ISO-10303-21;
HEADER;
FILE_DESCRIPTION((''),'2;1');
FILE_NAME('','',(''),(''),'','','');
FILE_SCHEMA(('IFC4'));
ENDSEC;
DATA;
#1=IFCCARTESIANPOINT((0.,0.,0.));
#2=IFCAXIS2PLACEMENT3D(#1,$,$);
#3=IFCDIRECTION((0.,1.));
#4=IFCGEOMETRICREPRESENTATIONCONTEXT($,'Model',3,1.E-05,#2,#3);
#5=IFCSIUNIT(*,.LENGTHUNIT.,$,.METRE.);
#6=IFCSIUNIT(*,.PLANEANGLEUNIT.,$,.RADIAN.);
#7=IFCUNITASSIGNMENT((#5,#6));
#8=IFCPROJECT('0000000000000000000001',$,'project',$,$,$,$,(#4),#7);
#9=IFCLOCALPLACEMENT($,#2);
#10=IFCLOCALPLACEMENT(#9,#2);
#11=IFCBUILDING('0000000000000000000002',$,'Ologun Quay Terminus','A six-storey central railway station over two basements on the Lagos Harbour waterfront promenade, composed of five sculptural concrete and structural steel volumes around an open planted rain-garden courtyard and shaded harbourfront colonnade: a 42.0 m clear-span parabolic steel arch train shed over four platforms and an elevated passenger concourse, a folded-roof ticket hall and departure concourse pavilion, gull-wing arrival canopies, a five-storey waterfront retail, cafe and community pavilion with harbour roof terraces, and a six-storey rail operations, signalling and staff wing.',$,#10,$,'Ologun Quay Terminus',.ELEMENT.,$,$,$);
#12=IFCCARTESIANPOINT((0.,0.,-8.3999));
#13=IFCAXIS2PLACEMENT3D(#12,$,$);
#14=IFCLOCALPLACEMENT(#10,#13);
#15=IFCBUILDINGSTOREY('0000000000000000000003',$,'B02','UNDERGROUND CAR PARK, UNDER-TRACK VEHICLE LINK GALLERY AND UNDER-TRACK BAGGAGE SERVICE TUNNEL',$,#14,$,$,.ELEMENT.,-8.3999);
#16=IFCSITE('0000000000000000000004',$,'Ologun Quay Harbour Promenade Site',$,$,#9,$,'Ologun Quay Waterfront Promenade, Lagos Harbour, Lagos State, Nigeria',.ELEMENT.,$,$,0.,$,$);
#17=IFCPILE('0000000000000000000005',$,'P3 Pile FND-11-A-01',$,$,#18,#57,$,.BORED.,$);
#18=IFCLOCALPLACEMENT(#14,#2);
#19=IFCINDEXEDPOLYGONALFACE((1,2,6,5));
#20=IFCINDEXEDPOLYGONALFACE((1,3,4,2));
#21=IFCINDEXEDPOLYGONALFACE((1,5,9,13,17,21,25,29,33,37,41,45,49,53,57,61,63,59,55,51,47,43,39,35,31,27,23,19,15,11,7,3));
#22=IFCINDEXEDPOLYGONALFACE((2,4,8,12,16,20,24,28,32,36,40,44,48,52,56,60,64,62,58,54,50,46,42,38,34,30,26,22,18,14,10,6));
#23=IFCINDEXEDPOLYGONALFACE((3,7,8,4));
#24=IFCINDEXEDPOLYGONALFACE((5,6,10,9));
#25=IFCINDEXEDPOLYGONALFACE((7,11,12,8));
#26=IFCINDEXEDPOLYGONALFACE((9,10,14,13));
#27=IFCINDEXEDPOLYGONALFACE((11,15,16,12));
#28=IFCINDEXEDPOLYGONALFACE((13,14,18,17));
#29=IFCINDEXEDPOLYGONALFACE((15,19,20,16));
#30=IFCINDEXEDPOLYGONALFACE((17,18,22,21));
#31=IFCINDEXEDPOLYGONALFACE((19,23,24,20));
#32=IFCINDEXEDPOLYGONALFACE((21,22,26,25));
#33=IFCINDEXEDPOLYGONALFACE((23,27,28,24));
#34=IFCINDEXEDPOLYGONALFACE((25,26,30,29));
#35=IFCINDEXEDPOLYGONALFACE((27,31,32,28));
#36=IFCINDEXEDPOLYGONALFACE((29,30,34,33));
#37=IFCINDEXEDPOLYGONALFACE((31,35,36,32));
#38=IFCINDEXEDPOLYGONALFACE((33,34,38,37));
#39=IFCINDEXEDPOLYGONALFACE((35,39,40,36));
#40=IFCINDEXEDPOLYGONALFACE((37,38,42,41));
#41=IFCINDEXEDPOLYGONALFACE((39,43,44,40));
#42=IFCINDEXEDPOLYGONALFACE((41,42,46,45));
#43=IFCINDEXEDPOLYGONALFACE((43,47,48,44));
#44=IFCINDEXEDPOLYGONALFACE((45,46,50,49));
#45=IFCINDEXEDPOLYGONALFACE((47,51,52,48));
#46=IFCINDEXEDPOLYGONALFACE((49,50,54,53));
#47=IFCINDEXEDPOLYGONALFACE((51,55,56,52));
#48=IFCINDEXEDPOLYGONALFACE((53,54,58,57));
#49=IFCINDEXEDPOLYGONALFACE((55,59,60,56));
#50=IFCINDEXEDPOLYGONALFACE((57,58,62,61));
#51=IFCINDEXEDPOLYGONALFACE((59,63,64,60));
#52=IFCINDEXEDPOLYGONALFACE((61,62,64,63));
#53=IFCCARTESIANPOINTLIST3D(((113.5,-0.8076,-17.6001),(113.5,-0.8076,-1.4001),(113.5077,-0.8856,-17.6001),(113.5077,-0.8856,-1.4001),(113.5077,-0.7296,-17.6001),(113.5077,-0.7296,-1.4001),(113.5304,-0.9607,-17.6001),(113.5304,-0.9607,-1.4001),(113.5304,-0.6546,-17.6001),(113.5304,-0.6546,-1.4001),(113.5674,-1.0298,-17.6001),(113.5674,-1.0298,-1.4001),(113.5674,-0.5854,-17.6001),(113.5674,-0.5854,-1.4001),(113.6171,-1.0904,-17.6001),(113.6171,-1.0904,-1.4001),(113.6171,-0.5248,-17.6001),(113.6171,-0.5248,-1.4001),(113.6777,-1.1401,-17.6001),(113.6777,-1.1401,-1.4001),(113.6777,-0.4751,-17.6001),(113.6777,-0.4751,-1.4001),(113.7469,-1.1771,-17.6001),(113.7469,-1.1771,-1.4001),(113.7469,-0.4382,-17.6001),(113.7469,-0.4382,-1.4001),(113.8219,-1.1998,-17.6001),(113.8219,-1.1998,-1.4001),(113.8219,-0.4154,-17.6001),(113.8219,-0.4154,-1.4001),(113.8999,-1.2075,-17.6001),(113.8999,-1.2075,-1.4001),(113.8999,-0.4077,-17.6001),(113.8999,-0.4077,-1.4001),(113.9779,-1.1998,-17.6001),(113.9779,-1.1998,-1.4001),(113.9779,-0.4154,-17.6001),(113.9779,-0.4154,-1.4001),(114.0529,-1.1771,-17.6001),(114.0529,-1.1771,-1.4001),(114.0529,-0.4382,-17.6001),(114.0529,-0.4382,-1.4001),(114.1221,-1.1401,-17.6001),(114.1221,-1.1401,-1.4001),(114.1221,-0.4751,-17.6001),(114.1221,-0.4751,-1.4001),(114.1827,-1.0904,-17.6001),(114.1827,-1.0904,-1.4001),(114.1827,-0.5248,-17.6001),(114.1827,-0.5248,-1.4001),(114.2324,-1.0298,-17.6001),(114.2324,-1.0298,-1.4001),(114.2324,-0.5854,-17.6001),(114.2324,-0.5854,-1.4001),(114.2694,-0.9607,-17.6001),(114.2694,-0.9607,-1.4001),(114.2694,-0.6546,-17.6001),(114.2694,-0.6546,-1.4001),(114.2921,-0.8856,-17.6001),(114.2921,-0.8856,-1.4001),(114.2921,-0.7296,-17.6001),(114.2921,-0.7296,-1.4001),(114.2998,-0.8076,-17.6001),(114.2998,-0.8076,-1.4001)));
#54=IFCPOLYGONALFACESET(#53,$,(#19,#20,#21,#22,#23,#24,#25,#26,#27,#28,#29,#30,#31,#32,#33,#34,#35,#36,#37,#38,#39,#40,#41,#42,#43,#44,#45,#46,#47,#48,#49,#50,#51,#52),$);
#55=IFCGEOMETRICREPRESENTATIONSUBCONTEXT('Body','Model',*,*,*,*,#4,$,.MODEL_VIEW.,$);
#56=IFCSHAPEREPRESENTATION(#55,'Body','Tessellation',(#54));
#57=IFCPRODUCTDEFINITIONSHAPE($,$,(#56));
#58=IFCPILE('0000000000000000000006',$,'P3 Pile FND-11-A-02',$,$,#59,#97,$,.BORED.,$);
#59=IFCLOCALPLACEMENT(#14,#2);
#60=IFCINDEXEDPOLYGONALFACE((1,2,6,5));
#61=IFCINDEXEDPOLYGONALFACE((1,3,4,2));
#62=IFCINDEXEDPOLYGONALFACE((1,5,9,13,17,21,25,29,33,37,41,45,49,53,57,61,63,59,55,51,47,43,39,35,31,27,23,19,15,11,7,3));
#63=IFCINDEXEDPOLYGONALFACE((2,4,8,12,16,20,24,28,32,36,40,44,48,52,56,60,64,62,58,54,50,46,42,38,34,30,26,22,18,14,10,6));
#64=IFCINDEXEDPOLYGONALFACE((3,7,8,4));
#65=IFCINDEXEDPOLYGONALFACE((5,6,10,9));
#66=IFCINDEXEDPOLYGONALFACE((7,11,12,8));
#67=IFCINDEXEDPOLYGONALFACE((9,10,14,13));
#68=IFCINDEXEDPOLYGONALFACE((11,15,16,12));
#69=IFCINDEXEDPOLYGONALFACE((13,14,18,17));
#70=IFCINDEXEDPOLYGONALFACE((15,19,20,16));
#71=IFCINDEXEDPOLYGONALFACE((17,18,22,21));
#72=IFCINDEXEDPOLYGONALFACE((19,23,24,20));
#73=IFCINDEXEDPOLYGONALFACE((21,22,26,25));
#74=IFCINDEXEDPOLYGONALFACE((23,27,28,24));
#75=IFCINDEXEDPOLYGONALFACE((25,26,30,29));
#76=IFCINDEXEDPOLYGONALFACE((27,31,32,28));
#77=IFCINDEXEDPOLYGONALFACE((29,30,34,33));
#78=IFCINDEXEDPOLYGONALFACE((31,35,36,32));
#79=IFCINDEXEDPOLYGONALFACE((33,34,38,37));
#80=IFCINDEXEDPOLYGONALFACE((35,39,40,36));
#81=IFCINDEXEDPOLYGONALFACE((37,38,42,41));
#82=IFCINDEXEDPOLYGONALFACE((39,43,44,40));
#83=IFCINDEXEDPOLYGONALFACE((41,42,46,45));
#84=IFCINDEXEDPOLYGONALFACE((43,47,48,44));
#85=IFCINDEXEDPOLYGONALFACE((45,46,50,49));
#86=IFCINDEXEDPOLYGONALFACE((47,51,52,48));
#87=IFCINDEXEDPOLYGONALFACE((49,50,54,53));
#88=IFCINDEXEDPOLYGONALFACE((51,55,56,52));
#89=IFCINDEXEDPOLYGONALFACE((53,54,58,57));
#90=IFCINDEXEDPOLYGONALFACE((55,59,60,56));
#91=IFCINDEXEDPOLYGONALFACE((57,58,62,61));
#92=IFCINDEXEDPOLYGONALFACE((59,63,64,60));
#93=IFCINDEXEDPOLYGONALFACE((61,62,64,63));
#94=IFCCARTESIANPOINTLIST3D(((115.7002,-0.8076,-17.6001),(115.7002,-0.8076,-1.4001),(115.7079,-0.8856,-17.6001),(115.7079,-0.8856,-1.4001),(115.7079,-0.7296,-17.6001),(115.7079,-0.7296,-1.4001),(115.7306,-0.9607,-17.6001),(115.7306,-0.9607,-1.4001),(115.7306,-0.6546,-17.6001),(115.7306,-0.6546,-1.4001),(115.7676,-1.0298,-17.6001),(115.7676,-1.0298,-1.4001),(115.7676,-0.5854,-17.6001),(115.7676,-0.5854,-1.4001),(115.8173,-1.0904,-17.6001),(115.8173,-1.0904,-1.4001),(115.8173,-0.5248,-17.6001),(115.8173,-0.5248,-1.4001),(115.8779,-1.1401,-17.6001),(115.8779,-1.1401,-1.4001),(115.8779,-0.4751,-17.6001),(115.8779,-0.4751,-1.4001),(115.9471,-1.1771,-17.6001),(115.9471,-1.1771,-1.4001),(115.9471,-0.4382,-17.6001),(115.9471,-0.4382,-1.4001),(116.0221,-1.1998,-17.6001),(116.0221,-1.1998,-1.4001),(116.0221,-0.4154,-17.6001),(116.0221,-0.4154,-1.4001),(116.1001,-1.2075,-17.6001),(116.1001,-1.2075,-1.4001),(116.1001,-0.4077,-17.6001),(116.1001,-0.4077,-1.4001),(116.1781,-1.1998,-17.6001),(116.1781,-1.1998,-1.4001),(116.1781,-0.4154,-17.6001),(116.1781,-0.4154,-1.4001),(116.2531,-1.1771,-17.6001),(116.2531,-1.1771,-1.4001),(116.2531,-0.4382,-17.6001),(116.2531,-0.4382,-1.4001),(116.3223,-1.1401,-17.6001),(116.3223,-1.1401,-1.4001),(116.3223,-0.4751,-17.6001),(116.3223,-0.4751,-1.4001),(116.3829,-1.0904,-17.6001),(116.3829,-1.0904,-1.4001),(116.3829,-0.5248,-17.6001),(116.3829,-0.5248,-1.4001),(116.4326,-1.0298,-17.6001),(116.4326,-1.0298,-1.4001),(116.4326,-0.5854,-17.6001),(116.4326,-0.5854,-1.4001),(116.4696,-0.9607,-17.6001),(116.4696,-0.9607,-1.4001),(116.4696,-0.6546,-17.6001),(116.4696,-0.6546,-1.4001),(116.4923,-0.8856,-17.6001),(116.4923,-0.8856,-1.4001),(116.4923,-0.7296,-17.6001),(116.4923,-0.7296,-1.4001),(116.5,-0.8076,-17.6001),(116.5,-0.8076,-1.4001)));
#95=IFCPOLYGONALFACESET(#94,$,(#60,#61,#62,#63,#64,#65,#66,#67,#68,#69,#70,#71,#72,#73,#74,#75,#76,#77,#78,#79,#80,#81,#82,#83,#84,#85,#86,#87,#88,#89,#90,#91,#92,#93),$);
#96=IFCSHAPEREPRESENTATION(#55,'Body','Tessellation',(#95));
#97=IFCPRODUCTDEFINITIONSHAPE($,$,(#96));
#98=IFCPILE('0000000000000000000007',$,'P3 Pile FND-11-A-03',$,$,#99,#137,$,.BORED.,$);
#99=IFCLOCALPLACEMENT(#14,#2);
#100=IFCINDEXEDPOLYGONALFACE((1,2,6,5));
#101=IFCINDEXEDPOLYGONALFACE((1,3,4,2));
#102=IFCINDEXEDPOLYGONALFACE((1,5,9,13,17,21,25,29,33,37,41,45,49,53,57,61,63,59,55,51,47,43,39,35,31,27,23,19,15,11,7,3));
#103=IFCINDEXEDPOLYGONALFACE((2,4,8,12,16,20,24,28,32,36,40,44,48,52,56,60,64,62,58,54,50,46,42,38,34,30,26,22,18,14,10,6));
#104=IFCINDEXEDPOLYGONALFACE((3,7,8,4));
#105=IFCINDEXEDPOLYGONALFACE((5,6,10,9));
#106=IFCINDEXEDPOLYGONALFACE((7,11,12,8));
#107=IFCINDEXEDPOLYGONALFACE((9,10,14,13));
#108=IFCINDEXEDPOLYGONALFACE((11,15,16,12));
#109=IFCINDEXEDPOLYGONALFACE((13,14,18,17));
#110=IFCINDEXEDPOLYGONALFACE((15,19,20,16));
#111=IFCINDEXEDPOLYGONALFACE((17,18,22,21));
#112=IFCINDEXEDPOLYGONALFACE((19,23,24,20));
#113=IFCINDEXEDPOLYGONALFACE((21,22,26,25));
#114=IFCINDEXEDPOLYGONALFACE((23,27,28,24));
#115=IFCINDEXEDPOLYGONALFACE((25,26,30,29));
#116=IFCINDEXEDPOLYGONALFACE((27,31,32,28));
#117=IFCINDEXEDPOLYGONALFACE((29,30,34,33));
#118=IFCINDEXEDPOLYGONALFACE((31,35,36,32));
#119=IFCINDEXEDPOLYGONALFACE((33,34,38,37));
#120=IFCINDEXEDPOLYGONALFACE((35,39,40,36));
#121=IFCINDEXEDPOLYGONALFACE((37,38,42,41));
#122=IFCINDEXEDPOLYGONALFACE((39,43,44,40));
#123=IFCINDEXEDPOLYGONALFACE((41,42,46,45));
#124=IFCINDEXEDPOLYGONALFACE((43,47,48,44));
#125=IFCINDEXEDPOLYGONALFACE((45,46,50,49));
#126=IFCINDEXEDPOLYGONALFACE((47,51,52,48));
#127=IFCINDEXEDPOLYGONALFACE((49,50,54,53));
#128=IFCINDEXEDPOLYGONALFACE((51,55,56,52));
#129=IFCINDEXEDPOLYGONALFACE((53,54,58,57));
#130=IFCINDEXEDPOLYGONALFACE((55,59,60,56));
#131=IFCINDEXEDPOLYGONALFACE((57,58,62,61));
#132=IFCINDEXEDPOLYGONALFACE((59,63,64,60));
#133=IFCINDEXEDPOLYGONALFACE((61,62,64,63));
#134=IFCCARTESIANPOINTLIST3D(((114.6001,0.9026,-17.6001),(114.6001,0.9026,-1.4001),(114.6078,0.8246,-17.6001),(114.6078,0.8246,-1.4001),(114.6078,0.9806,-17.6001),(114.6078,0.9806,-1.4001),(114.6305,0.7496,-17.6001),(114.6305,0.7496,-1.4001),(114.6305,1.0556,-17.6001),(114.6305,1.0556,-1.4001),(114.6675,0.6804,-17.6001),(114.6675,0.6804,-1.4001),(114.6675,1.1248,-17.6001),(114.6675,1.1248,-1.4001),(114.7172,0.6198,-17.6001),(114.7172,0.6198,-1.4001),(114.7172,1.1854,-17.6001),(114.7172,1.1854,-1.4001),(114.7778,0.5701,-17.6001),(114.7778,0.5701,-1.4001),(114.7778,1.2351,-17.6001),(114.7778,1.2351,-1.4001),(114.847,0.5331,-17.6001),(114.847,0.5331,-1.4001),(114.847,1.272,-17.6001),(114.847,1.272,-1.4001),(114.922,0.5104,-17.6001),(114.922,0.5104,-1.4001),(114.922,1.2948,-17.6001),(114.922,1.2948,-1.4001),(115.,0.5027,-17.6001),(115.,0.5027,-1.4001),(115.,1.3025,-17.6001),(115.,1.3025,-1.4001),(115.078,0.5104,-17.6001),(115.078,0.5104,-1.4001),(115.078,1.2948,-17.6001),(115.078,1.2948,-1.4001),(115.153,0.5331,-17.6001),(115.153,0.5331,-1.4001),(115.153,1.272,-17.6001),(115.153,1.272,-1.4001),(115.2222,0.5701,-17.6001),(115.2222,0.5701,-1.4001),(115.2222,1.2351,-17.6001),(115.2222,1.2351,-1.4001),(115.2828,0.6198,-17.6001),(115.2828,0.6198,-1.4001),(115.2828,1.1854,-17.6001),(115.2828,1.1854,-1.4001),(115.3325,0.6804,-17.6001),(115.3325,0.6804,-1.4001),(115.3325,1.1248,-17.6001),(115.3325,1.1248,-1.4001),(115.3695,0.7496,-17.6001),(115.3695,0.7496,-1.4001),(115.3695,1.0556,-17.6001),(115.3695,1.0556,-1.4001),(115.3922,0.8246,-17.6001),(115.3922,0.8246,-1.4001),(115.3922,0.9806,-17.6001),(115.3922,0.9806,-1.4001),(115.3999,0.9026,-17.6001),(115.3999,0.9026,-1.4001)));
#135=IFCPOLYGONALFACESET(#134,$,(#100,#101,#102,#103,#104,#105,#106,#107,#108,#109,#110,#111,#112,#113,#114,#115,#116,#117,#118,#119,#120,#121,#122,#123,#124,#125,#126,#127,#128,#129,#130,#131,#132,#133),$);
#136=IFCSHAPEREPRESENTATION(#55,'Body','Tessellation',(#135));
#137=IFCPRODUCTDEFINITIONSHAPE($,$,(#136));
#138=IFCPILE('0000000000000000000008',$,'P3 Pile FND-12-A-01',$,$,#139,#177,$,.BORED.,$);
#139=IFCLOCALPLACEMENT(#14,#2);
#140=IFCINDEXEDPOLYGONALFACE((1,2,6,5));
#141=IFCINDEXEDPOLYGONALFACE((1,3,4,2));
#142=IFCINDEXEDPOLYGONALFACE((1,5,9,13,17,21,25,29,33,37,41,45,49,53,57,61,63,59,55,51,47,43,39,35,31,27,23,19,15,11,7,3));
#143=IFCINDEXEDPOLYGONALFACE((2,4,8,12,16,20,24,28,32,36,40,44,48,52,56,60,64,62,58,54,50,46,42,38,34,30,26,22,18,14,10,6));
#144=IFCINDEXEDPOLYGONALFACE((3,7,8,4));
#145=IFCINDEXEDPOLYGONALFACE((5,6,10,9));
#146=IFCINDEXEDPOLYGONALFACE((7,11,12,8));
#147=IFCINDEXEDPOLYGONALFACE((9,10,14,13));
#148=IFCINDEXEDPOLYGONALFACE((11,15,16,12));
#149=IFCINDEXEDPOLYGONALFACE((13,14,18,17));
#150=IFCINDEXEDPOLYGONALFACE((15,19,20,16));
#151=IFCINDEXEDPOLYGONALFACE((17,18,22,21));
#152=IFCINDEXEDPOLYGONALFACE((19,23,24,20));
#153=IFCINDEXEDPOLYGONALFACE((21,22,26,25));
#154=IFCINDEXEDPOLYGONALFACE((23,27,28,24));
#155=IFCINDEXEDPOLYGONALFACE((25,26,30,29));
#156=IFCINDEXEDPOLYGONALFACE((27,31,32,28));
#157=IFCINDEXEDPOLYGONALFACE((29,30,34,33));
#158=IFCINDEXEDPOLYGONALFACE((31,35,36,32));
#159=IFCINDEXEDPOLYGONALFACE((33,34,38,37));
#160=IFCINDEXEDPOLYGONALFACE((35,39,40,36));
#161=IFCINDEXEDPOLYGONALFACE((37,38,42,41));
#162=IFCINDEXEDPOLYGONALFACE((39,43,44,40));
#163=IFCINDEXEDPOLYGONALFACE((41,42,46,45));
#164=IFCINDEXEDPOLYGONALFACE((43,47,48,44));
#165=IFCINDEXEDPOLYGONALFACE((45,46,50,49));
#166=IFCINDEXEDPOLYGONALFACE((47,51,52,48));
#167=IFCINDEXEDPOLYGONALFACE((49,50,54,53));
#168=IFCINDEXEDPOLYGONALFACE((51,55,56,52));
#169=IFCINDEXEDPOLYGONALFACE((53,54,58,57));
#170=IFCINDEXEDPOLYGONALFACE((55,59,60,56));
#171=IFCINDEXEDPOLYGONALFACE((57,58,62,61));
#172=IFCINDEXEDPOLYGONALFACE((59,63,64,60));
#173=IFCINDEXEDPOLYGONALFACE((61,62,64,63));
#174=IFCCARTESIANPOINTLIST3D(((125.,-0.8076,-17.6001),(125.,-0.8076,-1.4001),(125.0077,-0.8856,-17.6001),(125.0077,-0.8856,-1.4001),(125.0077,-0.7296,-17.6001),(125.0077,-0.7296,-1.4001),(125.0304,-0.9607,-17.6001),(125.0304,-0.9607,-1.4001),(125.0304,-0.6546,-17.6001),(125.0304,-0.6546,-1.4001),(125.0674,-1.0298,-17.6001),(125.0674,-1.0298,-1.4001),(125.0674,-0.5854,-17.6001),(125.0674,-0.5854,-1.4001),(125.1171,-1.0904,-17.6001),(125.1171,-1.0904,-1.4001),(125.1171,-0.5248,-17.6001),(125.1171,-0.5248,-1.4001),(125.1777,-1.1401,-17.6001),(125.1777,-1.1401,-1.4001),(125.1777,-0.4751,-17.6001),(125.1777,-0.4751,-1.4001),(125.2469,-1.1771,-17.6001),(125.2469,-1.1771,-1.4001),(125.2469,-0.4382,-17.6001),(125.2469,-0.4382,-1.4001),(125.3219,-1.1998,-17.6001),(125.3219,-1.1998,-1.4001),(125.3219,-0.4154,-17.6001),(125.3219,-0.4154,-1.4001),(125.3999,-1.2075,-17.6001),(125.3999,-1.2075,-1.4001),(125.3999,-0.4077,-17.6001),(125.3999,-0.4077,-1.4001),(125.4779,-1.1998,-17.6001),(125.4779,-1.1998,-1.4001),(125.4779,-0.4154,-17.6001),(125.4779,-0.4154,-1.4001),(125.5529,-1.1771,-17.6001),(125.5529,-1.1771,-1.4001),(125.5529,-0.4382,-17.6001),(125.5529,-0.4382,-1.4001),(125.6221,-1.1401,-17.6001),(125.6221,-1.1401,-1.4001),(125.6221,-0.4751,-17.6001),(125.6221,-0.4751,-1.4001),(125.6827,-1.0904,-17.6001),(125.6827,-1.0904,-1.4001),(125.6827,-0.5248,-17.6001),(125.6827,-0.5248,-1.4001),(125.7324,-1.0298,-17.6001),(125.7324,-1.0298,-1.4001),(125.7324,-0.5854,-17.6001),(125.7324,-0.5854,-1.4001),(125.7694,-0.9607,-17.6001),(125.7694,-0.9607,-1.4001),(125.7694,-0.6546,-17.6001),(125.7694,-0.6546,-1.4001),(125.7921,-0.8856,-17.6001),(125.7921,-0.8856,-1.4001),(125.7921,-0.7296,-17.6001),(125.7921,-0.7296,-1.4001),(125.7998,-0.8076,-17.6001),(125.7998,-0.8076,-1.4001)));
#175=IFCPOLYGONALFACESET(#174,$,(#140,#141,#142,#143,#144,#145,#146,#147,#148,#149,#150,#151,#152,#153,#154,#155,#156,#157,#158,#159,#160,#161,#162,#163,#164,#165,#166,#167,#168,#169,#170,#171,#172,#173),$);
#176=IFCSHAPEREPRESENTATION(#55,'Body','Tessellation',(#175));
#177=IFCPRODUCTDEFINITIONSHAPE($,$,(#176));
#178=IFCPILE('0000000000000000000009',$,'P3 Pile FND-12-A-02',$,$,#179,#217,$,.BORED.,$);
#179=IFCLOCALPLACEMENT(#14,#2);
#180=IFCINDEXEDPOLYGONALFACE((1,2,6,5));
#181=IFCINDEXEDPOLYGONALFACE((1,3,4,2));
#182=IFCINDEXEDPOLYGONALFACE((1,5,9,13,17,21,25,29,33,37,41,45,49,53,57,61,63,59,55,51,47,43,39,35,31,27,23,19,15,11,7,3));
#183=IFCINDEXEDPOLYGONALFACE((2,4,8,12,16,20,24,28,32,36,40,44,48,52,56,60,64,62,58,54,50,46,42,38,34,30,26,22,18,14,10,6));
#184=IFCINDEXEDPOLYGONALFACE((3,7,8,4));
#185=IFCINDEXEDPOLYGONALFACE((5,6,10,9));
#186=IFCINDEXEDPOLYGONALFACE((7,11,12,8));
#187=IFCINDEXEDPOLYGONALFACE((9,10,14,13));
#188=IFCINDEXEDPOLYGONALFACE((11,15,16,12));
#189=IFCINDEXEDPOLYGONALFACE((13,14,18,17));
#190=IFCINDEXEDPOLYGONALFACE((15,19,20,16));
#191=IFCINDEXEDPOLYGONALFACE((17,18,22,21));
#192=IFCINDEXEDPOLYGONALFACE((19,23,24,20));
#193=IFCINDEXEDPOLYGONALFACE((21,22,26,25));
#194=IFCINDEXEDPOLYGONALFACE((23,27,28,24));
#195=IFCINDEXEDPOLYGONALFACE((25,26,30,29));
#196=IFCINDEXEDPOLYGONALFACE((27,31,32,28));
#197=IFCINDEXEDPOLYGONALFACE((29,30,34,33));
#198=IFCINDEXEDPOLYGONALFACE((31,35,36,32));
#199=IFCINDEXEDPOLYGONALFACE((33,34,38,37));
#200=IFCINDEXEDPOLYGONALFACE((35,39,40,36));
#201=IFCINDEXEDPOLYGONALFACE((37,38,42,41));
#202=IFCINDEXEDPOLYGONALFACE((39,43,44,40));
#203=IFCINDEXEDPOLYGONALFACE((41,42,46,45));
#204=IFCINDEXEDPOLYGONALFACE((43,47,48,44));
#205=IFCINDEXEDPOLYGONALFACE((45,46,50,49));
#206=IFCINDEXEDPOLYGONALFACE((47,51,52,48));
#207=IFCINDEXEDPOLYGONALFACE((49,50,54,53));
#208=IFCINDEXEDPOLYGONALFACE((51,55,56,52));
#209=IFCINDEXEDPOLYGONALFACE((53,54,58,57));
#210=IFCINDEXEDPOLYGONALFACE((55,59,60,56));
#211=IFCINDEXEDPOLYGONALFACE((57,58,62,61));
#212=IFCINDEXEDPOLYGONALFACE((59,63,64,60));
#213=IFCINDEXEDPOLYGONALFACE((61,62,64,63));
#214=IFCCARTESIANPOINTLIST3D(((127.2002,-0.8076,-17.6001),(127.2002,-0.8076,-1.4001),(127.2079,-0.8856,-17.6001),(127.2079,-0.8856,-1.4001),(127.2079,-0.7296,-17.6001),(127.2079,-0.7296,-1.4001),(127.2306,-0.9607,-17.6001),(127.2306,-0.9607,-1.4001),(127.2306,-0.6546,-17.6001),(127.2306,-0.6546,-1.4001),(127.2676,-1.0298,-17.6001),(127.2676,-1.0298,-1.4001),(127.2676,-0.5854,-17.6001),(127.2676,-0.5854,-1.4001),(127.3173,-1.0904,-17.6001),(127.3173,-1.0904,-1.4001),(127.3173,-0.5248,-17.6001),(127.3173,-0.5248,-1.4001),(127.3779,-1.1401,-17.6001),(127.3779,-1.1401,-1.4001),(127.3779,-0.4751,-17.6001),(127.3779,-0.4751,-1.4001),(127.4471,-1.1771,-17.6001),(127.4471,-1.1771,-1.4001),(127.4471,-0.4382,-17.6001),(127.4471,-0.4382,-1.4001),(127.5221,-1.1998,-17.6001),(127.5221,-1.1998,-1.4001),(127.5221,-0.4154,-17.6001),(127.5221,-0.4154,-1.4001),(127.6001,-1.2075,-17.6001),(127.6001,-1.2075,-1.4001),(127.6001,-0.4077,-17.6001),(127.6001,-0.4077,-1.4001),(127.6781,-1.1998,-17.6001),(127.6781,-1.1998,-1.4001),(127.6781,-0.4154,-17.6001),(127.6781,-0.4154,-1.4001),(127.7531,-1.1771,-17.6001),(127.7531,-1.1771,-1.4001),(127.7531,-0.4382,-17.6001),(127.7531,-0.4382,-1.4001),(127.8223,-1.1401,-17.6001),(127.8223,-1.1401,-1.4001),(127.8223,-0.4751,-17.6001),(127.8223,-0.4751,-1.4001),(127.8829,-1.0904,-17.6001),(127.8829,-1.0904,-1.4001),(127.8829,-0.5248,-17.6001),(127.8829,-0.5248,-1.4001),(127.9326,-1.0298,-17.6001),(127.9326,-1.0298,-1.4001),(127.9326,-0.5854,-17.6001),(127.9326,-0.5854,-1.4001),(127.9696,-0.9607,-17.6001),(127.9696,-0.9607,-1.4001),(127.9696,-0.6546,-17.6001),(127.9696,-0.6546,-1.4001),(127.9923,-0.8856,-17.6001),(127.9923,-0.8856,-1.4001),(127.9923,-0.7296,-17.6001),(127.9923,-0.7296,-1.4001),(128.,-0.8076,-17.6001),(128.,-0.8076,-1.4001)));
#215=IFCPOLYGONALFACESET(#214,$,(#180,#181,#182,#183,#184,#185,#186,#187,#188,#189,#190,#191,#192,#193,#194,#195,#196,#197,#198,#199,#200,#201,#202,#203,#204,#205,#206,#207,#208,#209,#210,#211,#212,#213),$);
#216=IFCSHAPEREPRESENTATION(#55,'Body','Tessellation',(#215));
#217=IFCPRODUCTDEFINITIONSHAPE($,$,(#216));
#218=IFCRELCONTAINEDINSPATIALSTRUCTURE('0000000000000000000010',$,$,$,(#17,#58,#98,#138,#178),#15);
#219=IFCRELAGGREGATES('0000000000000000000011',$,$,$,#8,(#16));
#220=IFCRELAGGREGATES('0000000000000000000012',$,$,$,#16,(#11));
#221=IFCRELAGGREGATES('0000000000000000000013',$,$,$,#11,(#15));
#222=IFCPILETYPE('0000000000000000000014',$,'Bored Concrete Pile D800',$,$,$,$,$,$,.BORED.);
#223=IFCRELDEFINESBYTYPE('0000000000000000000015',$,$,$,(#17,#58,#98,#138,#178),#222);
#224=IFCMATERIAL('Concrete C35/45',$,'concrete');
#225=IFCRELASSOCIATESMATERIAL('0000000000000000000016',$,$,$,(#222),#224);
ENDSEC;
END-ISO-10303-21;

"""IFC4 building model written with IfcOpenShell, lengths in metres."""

from ifc_helpers import new_model, si_unit, direction, frame, origin, origin_2d, place, context, subcontext, project, spatial, circle, extrude, material, material_profile, profile_set, type_object, element, save


model = new_model("IFC4")

# Units and contexts
model_context = context("Model", 3, precision=1e-05, world=origin(), true_north=direction((0.0, 1.0)))
body_context = subcontext(model_context, "Body", "Model", "MODEL_VIEW")
ifc_project = project(units=[si_unit("LENGTHUNIT", "METRE"), si_unit("PLANEANGLEUNIT", "RADIAN")], contexts=[model_context])

# Site, building, storey
site_placement = place(None, origin())
site = spatial("IfcSite", under=ifc_project, at=site_placement, Name="Ologun Quay Harbour Promenade Site", LongName="Ologun Quay Waterfront Promenade, Lagos Harbour, Lagos State, Nigeria", CompositionType="ELEMENT", RefElevation=0.0)
building_placement = place(site_placement, origin())
building = spatial("IfcBuilding", under=site, at=building_placement, Name="Ologun Quay Terminus", Description="A six-storey central railway station over two basements on the Lagos Harbour waterfront promenade, composed of five sculptural concrete and structural steel volumes around an open planted rain-garden courtyard and shaded harbourfront colonnade: a 42.0 m clear-span parabolic steel arch train shed over four platforms and an elevated passenger concourse, a folded-roof ticket hall and departure concourse pavilion, gull-wing arrival canopies, a five-storey waterfront retail, cafe and community pavilion with harbour roof terraces, and a six-storey rail operations, signalling and staff wing.", LongName="Ologun Quay Terminus", CompositionType="ELEMENT")
storey_placement = place(building_placement, frame((0.0, 0.0, -8.3999)))
storey = spatial("IfcBuildingStorey", under=building, at=storey_placement, Name="B02", Description="UNDERGROUND CAR PARK, UNDER-TRACK VEHICLE LINK GALLERY AND UNDER-TRACK BAGGAGE SERVICE TUNNEL", CompositionType="ELEMENT", Elevation=-8.3999)

# Piles
ifc_material_1 = material(Name="Concrete C35/45", Category="concrete")
ifc_material_profile_1 = material_profile(ifc_material_1, circle(Radius=0.3999, at=origin_2d()), Name="PILE D800")
ifc_profile_set_1 = profile_set([ifc_material_profile_1], Name="Concrete C35/45")
pile_type_1 = type_object("IfcPileType", Name="Bored Concrete Pile D800", PredefinedType="BORED", material=ifc_profile_set_1)
for number, where, z_axis, x_axis, name in (
    (1, (113.8999, -0.8076, -1.4001), (0.0, 0.0, -1.0), (1.0, 0.0, 0.0), "P3 Pile FND-11-A-01"),
    (2, (116.1001, -0.8076, -1.4001), (0.0, 0.0, -1.0), (1.0, 0.0, 0.0), "P3 Pile FND-11-A-02"),
    (3, (115.0, 0.9026, -1.4001), (0.0, 0.0, -1.0), (1.0, 0.0, 0.0), "P3 Pile FND-11-A-03"),
    (4, (125.3999, -0.8076, -1.4001), (0.0, 0.0, -1.0), (1.0, 0.0, 0.0), "P3 Pile FND-12-A-01"),
    (5, (127.6001, -0.8076, -1.4001), (0.0, 0.0, -1.0), (1.0, 0.0, 0.0), "P3 Pile FND-12-A-02"),
):
    element("IfcPile", number, at=place(storey_placement, frame(where, z_axis=z_axis, x_axis=x_axis)), inside=storey, type_object=pile_type_1, Name=name, PredefinedType="BORED", context=body_context, shape_type="SweptSolid", body=[
        extrude(circle(Radius=0.3999, at=origin_2d()), origin(), (0.0, 0.0, 1.0), 16.2),
    ])

save(model, "model.ifc")
